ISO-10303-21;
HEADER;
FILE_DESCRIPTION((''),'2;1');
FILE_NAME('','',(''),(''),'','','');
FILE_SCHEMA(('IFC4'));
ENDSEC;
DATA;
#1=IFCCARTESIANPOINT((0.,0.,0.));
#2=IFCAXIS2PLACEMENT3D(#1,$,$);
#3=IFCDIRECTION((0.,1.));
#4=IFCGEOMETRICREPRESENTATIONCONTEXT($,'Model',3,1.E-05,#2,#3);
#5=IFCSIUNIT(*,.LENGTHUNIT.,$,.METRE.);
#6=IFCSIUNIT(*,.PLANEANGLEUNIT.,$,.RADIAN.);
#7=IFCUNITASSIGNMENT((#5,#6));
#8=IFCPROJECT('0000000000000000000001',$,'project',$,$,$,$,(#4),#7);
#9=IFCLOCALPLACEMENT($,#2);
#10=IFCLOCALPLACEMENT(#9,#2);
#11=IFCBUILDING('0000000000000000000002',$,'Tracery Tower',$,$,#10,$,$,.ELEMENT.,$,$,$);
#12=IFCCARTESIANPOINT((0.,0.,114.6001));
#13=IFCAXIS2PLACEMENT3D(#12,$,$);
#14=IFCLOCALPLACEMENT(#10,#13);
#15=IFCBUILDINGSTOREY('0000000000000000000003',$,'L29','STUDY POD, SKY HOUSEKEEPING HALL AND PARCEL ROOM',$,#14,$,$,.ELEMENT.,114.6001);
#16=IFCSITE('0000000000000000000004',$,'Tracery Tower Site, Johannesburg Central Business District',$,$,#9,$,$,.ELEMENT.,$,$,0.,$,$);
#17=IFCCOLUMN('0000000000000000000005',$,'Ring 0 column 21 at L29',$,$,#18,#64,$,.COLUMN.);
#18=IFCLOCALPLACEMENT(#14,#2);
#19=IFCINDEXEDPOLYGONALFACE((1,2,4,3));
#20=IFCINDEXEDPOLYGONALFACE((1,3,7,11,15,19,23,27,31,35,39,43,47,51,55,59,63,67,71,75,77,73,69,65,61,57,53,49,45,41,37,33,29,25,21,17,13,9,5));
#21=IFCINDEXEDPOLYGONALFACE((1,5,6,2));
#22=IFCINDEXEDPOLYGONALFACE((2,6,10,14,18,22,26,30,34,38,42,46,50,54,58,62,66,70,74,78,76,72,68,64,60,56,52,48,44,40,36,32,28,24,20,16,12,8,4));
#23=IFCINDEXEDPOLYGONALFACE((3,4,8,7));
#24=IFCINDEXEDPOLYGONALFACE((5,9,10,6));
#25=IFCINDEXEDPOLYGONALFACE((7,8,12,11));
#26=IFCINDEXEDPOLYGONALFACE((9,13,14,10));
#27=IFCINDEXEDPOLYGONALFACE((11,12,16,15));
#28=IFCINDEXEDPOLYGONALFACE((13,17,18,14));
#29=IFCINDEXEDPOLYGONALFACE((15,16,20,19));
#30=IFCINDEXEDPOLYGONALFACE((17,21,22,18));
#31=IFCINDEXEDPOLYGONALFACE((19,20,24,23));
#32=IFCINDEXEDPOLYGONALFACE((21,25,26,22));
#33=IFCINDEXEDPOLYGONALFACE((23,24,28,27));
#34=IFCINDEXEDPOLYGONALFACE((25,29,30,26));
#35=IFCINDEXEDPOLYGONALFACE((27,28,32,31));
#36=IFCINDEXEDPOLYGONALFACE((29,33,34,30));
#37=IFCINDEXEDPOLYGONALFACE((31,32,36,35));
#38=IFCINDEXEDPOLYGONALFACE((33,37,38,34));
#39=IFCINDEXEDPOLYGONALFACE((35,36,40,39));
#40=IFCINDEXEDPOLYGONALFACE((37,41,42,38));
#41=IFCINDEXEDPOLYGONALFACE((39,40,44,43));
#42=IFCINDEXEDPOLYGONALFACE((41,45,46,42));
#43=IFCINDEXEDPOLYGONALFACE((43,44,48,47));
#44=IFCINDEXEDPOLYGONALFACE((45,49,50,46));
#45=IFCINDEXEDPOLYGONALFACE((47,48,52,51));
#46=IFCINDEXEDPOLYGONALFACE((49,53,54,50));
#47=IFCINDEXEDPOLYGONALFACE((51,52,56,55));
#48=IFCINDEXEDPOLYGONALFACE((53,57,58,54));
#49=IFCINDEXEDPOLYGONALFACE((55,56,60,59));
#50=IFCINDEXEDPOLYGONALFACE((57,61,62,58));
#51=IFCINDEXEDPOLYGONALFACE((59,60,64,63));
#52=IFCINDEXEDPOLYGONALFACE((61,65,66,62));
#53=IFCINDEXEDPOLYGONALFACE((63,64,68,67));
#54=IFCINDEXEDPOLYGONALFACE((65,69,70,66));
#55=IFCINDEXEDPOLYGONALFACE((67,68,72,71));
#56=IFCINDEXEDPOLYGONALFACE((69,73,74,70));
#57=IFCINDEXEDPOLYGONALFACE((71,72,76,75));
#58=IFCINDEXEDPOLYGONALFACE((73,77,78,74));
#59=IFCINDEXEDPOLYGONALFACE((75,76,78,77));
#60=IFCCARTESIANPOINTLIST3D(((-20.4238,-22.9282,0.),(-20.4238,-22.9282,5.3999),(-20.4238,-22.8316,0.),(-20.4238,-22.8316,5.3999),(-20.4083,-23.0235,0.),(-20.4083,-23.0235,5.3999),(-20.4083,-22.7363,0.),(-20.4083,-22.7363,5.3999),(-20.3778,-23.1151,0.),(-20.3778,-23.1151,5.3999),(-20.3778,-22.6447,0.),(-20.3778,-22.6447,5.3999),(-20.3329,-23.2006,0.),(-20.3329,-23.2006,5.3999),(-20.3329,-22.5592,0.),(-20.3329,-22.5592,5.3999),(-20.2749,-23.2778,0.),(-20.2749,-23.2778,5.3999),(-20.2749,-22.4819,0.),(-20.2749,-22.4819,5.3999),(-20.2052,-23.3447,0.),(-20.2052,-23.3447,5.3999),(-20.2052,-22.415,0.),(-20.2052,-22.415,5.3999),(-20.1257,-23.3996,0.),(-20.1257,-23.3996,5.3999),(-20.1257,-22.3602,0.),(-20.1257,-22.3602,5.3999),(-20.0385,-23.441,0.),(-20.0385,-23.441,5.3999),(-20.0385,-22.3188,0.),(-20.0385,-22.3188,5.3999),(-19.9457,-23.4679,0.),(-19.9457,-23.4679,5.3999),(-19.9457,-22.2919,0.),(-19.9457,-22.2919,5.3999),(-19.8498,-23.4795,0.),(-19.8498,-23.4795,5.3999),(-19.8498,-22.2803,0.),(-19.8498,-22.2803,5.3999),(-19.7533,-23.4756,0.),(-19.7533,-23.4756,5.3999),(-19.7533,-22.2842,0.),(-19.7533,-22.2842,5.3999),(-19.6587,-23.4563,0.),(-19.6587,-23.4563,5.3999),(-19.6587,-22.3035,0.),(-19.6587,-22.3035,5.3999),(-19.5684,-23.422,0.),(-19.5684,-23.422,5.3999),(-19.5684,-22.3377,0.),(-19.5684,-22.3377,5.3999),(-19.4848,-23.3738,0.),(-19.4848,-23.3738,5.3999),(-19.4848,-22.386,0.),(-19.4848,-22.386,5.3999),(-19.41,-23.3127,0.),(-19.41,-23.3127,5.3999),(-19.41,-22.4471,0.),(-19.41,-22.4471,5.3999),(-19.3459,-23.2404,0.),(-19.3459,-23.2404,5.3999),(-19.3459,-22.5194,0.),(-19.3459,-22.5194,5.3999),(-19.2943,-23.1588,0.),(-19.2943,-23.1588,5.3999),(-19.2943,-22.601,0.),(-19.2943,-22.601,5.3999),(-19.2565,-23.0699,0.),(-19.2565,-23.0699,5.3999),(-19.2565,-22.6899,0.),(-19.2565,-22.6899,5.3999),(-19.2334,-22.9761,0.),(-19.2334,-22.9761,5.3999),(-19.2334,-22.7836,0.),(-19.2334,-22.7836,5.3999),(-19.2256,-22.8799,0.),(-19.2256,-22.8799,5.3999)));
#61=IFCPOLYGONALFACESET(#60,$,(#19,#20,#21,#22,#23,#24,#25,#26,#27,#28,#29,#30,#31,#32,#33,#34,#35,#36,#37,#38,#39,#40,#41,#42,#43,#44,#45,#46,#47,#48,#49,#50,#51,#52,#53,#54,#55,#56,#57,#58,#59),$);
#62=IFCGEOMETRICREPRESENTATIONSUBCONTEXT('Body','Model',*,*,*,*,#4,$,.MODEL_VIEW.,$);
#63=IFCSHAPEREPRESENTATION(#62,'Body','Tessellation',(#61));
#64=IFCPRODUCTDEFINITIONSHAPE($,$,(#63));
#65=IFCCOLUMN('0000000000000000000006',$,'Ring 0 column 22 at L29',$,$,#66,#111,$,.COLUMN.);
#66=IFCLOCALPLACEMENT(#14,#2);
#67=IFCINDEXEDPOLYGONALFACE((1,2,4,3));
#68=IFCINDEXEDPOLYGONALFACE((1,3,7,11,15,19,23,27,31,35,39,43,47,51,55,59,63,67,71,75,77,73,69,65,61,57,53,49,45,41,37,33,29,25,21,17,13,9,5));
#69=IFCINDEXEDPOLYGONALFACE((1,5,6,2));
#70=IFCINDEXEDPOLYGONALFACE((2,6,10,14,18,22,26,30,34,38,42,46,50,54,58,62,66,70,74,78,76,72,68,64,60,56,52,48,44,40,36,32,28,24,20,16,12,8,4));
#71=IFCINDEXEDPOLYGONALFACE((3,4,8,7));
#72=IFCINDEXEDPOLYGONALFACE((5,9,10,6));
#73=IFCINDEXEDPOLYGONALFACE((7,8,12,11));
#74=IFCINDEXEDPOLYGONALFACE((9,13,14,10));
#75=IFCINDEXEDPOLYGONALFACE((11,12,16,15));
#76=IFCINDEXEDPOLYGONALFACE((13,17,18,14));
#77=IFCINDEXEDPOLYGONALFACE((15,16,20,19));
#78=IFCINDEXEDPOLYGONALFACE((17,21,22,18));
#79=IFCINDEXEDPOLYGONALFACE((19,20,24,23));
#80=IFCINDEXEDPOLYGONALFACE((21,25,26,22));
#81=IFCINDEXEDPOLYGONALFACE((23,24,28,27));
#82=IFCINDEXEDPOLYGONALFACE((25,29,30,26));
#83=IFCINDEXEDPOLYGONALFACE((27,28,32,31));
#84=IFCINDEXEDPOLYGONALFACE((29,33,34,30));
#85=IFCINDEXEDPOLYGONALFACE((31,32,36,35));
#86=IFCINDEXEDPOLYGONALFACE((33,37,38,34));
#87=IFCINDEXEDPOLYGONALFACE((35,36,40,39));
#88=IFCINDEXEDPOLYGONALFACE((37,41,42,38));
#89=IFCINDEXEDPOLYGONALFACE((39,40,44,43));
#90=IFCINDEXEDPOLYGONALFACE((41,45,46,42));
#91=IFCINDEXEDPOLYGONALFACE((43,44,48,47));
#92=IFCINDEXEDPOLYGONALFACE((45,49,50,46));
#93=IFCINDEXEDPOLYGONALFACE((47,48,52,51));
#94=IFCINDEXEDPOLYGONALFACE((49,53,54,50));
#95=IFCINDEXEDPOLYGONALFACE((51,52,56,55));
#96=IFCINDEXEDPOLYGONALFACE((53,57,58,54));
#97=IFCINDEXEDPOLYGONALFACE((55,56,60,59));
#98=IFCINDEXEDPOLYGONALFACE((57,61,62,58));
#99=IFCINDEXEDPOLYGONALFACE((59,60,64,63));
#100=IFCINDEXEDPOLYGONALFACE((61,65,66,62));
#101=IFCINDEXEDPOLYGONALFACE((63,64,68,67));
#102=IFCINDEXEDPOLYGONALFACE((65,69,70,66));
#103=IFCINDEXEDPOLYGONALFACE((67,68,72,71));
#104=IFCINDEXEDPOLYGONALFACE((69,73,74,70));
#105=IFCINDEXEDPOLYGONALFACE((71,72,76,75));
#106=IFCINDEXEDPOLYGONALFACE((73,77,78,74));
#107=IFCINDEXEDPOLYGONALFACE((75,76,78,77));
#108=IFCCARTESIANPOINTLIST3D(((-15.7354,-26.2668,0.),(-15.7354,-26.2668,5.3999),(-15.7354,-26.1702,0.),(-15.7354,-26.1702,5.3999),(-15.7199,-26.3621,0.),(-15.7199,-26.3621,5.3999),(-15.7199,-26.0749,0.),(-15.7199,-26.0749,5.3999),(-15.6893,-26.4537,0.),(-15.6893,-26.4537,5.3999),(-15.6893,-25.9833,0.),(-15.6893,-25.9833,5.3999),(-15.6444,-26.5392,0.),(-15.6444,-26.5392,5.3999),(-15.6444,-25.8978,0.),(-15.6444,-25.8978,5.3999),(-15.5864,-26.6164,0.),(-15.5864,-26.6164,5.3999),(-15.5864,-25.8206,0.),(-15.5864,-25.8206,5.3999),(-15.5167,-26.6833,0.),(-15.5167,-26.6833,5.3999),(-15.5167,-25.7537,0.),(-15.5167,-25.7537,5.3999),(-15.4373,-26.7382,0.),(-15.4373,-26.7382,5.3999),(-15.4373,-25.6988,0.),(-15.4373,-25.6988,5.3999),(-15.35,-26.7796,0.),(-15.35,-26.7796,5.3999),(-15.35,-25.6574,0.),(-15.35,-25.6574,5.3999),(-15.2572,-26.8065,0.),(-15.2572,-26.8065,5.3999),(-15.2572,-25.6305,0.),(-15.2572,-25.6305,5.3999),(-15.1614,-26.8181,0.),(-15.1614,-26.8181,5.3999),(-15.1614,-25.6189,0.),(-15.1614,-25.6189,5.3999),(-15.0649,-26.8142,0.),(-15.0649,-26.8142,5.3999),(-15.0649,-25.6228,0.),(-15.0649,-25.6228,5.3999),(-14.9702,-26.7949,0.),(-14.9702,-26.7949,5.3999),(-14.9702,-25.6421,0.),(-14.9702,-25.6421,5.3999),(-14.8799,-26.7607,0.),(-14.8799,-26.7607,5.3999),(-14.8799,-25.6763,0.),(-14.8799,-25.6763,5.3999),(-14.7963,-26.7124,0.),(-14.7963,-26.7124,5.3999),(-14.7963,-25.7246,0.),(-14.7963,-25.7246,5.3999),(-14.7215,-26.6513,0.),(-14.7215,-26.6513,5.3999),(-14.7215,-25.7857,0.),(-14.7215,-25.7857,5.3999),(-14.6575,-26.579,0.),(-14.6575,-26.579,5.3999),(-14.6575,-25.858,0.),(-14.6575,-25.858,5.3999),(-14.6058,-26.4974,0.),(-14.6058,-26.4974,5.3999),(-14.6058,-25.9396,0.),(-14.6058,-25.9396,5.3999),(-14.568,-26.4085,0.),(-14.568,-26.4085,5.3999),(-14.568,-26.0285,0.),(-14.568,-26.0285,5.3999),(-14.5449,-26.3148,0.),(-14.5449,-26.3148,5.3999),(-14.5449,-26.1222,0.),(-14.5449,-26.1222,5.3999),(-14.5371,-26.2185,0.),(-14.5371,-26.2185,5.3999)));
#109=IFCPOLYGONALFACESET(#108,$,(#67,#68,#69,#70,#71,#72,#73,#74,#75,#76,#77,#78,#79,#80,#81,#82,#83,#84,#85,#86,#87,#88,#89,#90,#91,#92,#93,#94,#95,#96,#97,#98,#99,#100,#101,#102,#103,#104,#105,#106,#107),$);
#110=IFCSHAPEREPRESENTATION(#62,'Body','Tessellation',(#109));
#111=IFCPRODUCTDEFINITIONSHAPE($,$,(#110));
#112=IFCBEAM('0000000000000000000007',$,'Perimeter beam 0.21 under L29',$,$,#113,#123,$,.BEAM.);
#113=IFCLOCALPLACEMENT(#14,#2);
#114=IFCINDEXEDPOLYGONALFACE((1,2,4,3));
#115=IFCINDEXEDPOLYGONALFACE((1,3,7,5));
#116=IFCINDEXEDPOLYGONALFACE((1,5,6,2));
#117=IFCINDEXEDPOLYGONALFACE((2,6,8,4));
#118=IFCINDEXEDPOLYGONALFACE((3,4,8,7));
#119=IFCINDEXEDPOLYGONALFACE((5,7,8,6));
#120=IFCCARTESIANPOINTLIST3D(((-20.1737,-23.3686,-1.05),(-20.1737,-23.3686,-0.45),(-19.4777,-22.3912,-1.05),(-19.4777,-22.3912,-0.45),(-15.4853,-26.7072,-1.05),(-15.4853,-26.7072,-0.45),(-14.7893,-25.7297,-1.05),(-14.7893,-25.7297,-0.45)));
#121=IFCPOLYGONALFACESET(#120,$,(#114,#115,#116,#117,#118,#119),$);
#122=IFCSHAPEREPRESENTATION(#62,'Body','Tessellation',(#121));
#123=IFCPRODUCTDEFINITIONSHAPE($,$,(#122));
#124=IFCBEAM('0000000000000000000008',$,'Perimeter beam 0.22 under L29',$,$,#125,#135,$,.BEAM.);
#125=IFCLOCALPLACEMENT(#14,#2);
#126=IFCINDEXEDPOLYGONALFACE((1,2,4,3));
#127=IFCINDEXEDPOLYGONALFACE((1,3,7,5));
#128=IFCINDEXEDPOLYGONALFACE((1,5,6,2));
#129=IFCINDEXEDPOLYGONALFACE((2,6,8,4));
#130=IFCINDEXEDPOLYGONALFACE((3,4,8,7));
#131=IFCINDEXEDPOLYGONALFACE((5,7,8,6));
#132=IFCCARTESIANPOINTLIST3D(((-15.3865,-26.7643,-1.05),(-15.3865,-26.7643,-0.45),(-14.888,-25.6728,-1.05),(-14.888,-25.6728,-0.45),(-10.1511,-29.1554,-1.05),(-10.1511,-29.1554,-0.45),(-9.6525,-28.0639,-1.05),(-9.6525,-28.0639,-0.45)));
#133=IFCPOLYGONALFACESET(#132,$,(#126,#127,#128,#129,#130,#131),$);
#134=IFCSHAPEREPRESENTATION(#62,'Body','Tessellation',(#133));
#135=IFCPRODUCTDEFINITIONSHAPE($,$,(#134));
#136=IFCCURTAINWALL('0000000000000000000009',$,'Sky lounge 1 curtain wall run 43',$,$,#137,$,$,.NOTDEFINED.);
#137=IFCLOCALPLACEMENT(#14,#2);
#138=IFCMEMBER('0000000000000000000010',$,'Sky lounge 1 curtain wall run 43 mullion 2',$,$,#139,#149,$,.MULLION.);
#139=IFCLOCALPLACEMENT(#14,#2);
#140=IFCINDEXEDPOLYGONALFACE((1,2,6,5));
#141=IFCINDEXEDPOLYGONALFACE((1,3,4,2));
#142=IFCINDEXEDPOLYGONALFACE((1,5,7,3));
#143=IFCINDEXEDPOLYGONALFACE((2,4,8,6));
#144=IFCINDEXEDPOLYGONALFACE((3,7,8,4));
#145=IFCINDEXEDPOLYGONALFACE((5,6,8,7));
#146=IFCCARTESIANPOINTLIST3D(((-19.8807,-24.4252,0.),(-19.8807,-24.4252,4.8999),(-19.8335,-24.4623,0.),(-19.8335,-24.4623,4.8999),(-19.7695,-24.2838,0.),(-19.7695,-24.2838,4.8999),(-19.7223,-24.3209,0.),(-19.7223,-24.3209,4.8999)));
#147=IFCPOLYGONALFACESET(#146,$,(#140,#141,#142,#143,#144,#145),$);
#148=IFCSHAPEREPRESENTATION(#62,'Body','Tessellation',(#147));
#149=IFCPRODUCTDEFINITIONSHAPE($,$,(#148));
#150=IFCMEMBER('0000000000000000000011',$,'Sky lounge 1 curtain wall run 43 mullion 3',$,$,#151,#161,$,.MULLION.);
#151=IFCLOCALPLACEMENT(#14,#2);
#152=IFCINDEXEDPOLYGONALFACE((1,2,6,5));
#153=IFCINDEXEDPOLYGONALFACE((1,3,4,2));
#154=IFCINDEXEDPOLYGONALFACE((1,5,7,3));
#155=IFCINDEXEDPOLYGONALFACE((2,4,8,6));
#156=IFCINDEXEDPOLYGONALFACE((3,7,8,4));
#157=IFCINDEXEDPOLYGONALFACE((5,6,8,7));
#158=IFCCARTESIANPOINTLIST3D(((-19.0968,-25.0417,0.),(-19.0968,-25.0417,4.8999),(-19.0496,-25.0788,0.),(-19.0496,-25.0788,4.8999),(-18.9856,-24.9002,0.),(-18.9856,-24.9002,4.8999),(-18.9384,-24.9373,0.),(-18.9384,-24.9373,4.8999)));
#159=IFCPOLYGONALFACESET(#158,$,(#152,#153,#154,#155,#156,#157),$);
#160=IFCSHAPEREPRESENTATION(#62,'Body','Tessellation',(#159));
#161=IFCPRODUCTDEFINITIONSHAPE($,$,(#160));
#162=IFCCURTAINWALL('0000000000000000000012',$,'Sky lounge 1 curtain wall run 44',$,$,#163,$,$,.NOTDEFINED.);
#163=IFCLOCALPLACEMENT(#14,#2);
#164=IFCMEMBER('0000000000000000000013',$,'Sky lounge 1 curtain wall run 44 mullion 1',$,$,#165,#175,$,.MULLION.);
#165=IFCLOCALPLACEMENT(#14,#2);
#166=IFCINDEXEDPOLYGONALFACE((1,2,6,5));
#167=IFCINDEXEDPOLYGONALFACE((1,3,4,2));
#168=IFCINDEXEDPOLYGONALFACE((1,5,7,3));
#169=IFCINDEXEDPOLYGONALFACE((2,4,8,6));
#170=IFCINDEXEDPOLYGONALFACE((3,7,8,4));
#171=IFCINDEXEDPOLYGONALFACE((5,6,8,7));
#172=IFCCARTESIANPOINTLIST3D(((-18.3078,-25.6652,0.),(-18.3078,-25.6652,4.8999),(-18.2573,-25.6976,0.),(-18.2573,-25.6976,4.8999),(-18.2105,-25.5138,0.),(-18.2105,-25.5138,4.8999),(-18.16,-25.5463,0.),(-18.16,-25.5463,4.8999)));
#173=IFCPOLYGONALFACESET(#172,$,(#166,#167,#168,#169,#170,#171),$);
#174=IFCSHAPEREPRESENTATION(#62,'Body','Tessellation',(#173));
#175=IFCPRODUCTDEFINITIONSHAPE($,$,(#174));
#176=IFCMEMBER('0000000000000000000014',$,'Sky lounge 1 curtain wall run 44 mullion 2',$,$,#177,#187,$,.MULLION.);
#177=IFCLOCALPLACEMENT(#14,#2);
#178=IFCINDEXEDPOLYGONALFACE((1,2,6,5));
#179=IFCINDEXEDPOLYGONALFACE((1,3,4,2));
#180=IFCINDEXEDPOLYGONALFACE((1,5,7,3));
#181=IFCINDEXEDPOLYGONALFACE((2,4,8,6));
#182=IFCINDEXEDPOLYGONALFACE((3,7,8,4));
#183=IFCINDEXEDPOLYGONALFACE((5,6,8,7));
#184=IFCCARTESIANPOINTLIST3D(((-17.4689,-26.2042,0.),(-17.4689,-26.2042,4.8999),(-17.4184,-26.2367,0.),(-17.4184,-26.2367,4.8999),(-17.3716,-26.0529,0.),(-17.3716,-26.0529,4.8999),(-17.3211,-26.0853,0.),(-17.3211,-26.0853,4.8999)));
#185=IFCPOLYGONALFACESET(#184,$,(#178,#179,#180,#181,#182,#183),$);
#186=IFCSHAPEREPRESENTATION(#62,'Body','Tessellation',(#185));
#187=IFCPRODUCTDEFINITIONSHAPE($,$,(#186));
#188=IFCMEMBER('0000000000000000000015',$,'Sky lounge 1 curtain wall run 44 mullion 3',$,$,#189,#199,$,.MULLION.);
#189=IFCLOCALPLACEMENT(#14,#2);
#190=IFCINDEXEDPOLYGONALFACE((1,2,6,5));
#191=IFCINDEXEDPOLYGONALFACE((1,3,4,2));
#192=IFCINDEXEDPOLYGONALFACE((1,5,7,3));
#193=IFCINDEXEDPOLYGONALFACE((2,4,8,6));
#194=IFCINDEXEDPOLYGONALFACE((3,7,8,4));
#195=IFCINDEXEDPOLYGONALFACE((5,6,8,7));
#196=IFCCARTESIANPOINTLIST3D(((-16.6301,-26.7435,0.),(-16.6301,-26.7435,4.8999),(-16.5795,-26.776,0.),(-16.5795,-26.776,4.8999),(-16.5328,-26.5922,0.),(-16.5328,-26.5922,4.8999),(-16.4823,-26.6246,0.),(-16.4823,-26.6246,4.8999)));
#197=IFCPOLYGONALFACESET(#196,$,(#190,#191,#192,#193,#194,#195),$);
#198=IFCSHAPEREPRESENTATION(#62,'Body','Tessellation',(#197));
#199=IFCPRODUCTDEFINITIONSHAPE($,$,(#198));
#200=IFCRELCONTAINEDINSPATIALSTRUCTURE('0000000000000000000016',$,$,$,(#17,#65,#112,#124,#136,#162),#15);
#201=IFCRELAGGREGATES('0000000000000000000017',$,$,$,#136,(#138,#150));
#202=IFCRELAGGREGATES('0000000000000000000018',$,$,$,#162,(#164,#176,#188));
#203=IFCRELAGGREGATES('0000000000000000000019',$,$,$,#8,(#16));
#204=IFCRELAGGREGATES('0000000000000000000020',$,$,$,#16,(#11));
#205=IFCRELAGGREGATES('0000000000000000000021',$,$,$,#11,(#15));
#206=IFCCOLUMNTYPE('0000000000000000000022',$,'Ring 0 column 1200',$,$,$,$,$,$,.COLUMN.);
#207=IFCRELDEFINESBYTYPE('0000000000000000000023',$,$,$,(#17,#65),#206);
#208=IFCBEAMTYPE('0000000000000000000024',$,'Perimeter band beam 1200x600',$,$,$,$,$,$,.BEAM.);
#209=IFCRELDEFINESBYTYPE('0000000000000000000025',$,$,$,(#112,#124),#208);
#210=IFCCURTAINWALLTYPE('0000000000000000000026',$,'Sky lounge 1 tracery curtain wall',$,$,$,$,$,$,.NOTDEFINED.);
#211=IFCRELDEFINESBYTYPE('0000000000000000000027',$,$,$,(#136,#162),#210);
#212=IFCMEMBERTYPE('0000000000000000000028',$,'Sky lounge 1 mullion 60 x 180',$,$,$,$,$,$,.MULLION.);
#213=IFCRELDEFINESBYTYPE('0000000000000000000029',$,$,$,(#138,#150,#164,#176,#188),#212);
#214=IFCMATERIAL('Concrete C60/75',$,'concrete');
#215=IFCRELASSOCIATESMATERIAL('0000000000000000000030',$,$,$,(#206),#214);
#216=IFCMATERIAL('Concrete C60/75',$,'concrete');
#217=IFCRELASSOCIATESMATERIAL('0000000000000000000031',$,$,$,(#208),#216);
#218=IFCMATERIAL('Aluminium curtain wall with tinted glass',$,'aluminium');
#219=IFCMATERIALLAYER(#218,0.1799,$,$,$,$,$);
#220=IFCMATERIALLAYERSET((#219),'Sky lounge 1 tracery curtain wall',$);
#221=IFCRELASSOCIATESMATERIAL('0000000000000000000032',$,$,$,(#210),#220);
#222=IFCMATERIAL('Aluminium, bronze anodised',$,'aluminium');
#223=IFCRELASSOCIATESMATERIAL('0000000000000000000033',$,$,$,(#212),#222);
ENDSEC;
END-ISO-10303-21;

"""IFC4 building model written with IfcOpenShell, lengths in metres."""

from ifc_helpers import new_model, si_unit, direction, frame, origin, origin_2d, place, context, subcontext, project, spatial, rectangle, circle, extrude, material, layer, layer_set, material_profile, profile_set, type_object, element, aggregate, save


model = new_model("IFC4")

# Units and contexts
model_context = context("Model", 3, precision=1e-05, world=origin(), true_north=direction((0.0, 1.0)))
body_context = subcontext(model_context, "Body", "Model", "MODEL_VIEW")
ifc_project = project(units=[si_unit("LENGTHUNIT", "METRE"), si_unit("PLANEANGLEUNIT", "RADIAN")], contexts=[model_context])

# Site, building, storey
site_placement = place(None, origin())
site = spatial("IfcSite", under=ifc_project, at=site_placement, Name="Tracery Tower Site, Johannesburg Central Business District", CompositionType="ELEMENT", RefElevation=0.0)
building_placement = place(site_placement, origin())
building = spatial("IfcBuilding", under=site, at=building_placement, Name="Tracery Tower", CompositionType="ELEMENT")
storey_placement = place(building_placement, frame((0.0, 0.0, 114.6001)))
storey = spatial("IfcBuildingStorey", under=building, at=storey_placement, Name="L29", Description="STUDY POD, SKY HOUSEKEEPING HALL AND PARCEL ROOM", CompositionType="ELEMENT", Elevation=114.6001)

# Columns
ifc_material_1 = material(Name="Concrete C60/75", Category="concrete")
ifc_material_profile_1 = material_profile(ifc_material_1, circle(Radius=0.6001, at=origin_2d()), Name="RC D1200")
ifc_profile_set_1 = profile_set([ifc_material_profile_1], Name="Concrete C60/75")
column_type = type_object("IfcColumnType", Name="Ring 0 column 1200", PredefinedType="COLUMN", material=ifc_profile_set_1)
for number, where, z_axis, x_axis, name in (
    (1, (-19.8257, -22.8799, 0.0), (0.0, 0.0, 1.0), (1.0, 0.0, 0.0), "Ring 0 column 21 at L29"),
    (2, (-15.1372, -26.2185, 0.0), (0.0, 0.0, 1.0), (1.0, 0.0, 0.0), "Ring 0 column 22 at L29"),
):
    element("IfcColumn", number, at=place(storey_placement, frame(where, z_axis=z_axis, x_axis=x_axis)), inside=storey, type_object=column_type, Name=name, PredefinedType="COLUMN", context=body_context, shape_type="SweptSolid", body=[
        extrude(circle(Radius=0.6001, at=origin_2d()), origin(), (0.0, 0.0, 1.0), 5.3999),
    ])

# Beams
ifc_material_2 = material(Name="Concrete C60/75", Category="concrete")
ifc_material_profile_2 = material_profile(ifc_material_2, rectangle(XDim=1.2, YDim=0.6001, at=origin_2d()), Name="RC 1200x600")
ifc_profile_set_2 = profile_set([ifc_material_profile_2], Name="Concrete C60/75")
beam_type = type_object("IfcBeamType", Name="Perimeter band beam 1200x600", PredefinedType="BEAM", material=ifc_profile_set_2)
for number, where, z_axis, x_axis, name in (
    (3, (-19.8257, -22.8799, -0.75), (0.814578, -0.580054, 0.0), (0.580054, 0.814578, 0.0), "Perimeter beam 0.21 under L29"),
    (4, (-15.1372, -26.2185, -0.75), (0.909618, -0.415445, 0.0), (0.415445, 0.909618, 0.0), "Perimeter beam 0.22 under L29"),
):
    element("IfcBeam", number, at=place(storey_placement, frame(where, z_axis=z_axis, x_axis=x_axis)), inside=storey, type_object=beam_type, Name=name, PredefinedType="BEAM", context=body_context, shape_type="SweptSolid", body=[
        extrude(rectangle(XDim=1.2, YDim=0.6001, at=origin_2d()), origin(), (0.0, 0.0, 1.0), 5.7556),
    ])

# Curtain walls, members
ifc_material_3 = material(Name="Aluminium curtain wall with tinted glass", Category="aluminium")
ifc_layer_1 = layer(ifc_material_3, 0.1799)
ifc_layer_set_1 = layer_set([ifc_layer_1], Name="Sky lounge 1 tracery curtain wall")
curtain_wall_type = type_object("IfcCurtainWallType", Name="Sky lounge 1 tracery curtain wall", PredefinedType="NOTDEFINED", material=ifc_layer_set_1)
curtain_wall_1_placement = place(storey_placement, origin())
curtain_wall_1 = element("IfcCurtainWall", 5, at=curtain_wall_1_placement, inside=storey, type_object=curtain_wall_type, Name="Sky lounge 1 curtain wall run 43", PredefinedType="NOTDEFINED")
ifc_material_4 = material(Name="Aluminium, bronze anodised", Category="aluminium")
ifc_material_profile_3 = material_profile(ifc_material_4, rectangle(XDim=0.1799, YDim=0.0601, at=origin_2d()), Name="AL 60x180")
ifc_profile_set_3 = profile_set([ifc_material_profile_3], Name="Aluminium, bronze anodised")
member_type_1 = type_object("IfcMemberType", Name="Sky lounge 1 mullion 60 x 180", PredefinedType="MULLION", material=ifc_profile_set_3)
member_1_placement = place(storey_placement, frame((-19.8015, -24.373, 0.0), z_axis=(0.0, 0.0, 1.0), x_axis=(0.618159, 0.786053, 0.0)))
member_1 = element("IfcMember", 6, at=member_1_placement, type_object=member_type_1, Name="Sky lounge 1 curtain wall run 43 mullion 2", PredefinedType="MULLION", context=body_context, shape_type="SweptSolid", body=[
    extrude(rectangle(XDim=0.1799, YDim=0.0601, at=origin_2d()), origin(), (0.0, 0.0, 1.0), 4.8999),
])
member_2_placement = place(storey_placement, frame((-19.0176, -24.9895, 0.0), z_axis=(0.0, 0.0, 1.0), x_axis=(0.618159, 0.786053, 0.0)))
member_2 = element("IfcMember", 7, at=member_2_placement, type_object=member_type_1, Name="Sky lounge 1 curtain wall run 43 mullion 3", PredefinedType="MULLION", context=body_context, shape_type="SweptSolid", body=[
    extrude(rectangle(XDim=0.1799, YDim=0.0601, at=origin_2d()), origin(), (0.0, 0.0, 1.0), 4.8999),
])
curtain_wall_2_placement = place(storey_placement, origin())
curtain_wall_2 = element("IfcCurtainWall", 8, at=curtain_wall_2_placement, inside=storey, type_object=curtain_wall_type, Name="Sky lounge 1 curtain wall run 44", PredefinedType="NOTDEFINED")
member_3_placement = place(storey_placement, frame((-18.2339, -25.6057, 0.0), z_axis=(0.0, 0.0, 1.0), x_axis=(0.540641, 0.841254, 0.0)))
member_3 = element("IfcMember", 9, at=member_3_placement, type_object=member_type_1, Name="Sky lounge 1 curtain wall run 44 mullion 1", PredefinedType="MULLION", context=body_context, shape_type="SweptSolid", body=[
    extrude(rectangle(XDim=0.1799, YDim=0.0601, at=origin_2d()), origin(), (0.0, 0.0, 1.0), 4.8999),
])
member_4_placement = place(storey_placement, frame((-17.395, -26.1448, 0.0), z_axis=(0.0, 0.0, 1.0), x_axis=(0.540641, 0.841254, 0.0)))
member_4 = element("IfcMember", 10, at=member_4_placement, type_object=member_type_1, Name="Sky lounge 1 curtain wall run 44 mullion 2", PredefinedType="MULLION", context=body_context, shape_type="SweptSolid", body=[
    extrude(rectangle(XDim=0.1799, YDim=0.0601, at=origin_2d()), origin(), (0.0, 0.0, 1.0), 4.8999),
])
member_5_placement = place(storey_placement, frame((-16.5562, -26.6841, 0.0), z_axis=(0.0, 0.0, 1.0), x_axis=(0.540641, 0.841254, 0.0)))
member_5 = element("IfcMember", 11, at=member_5_placement, type_object=member_type_1, Name="Sky lounge 1 curtain wall run 44 mullion 3", PredefinedType="MULLION", context=body_context, shape_type="SweptSolid", body=[
    extrude(rectangle(XDim=0.1799, YDim=0.0601, at=origin_2d()), origin(), (0.0, 0.0, 1.0), 4.8999),
])

aggregate(curtain_wall_1, [member_1, member_2])
aggregate(curtain_wall_2, [member_3, member_4, member_5])

save(model, "model.ifc")
